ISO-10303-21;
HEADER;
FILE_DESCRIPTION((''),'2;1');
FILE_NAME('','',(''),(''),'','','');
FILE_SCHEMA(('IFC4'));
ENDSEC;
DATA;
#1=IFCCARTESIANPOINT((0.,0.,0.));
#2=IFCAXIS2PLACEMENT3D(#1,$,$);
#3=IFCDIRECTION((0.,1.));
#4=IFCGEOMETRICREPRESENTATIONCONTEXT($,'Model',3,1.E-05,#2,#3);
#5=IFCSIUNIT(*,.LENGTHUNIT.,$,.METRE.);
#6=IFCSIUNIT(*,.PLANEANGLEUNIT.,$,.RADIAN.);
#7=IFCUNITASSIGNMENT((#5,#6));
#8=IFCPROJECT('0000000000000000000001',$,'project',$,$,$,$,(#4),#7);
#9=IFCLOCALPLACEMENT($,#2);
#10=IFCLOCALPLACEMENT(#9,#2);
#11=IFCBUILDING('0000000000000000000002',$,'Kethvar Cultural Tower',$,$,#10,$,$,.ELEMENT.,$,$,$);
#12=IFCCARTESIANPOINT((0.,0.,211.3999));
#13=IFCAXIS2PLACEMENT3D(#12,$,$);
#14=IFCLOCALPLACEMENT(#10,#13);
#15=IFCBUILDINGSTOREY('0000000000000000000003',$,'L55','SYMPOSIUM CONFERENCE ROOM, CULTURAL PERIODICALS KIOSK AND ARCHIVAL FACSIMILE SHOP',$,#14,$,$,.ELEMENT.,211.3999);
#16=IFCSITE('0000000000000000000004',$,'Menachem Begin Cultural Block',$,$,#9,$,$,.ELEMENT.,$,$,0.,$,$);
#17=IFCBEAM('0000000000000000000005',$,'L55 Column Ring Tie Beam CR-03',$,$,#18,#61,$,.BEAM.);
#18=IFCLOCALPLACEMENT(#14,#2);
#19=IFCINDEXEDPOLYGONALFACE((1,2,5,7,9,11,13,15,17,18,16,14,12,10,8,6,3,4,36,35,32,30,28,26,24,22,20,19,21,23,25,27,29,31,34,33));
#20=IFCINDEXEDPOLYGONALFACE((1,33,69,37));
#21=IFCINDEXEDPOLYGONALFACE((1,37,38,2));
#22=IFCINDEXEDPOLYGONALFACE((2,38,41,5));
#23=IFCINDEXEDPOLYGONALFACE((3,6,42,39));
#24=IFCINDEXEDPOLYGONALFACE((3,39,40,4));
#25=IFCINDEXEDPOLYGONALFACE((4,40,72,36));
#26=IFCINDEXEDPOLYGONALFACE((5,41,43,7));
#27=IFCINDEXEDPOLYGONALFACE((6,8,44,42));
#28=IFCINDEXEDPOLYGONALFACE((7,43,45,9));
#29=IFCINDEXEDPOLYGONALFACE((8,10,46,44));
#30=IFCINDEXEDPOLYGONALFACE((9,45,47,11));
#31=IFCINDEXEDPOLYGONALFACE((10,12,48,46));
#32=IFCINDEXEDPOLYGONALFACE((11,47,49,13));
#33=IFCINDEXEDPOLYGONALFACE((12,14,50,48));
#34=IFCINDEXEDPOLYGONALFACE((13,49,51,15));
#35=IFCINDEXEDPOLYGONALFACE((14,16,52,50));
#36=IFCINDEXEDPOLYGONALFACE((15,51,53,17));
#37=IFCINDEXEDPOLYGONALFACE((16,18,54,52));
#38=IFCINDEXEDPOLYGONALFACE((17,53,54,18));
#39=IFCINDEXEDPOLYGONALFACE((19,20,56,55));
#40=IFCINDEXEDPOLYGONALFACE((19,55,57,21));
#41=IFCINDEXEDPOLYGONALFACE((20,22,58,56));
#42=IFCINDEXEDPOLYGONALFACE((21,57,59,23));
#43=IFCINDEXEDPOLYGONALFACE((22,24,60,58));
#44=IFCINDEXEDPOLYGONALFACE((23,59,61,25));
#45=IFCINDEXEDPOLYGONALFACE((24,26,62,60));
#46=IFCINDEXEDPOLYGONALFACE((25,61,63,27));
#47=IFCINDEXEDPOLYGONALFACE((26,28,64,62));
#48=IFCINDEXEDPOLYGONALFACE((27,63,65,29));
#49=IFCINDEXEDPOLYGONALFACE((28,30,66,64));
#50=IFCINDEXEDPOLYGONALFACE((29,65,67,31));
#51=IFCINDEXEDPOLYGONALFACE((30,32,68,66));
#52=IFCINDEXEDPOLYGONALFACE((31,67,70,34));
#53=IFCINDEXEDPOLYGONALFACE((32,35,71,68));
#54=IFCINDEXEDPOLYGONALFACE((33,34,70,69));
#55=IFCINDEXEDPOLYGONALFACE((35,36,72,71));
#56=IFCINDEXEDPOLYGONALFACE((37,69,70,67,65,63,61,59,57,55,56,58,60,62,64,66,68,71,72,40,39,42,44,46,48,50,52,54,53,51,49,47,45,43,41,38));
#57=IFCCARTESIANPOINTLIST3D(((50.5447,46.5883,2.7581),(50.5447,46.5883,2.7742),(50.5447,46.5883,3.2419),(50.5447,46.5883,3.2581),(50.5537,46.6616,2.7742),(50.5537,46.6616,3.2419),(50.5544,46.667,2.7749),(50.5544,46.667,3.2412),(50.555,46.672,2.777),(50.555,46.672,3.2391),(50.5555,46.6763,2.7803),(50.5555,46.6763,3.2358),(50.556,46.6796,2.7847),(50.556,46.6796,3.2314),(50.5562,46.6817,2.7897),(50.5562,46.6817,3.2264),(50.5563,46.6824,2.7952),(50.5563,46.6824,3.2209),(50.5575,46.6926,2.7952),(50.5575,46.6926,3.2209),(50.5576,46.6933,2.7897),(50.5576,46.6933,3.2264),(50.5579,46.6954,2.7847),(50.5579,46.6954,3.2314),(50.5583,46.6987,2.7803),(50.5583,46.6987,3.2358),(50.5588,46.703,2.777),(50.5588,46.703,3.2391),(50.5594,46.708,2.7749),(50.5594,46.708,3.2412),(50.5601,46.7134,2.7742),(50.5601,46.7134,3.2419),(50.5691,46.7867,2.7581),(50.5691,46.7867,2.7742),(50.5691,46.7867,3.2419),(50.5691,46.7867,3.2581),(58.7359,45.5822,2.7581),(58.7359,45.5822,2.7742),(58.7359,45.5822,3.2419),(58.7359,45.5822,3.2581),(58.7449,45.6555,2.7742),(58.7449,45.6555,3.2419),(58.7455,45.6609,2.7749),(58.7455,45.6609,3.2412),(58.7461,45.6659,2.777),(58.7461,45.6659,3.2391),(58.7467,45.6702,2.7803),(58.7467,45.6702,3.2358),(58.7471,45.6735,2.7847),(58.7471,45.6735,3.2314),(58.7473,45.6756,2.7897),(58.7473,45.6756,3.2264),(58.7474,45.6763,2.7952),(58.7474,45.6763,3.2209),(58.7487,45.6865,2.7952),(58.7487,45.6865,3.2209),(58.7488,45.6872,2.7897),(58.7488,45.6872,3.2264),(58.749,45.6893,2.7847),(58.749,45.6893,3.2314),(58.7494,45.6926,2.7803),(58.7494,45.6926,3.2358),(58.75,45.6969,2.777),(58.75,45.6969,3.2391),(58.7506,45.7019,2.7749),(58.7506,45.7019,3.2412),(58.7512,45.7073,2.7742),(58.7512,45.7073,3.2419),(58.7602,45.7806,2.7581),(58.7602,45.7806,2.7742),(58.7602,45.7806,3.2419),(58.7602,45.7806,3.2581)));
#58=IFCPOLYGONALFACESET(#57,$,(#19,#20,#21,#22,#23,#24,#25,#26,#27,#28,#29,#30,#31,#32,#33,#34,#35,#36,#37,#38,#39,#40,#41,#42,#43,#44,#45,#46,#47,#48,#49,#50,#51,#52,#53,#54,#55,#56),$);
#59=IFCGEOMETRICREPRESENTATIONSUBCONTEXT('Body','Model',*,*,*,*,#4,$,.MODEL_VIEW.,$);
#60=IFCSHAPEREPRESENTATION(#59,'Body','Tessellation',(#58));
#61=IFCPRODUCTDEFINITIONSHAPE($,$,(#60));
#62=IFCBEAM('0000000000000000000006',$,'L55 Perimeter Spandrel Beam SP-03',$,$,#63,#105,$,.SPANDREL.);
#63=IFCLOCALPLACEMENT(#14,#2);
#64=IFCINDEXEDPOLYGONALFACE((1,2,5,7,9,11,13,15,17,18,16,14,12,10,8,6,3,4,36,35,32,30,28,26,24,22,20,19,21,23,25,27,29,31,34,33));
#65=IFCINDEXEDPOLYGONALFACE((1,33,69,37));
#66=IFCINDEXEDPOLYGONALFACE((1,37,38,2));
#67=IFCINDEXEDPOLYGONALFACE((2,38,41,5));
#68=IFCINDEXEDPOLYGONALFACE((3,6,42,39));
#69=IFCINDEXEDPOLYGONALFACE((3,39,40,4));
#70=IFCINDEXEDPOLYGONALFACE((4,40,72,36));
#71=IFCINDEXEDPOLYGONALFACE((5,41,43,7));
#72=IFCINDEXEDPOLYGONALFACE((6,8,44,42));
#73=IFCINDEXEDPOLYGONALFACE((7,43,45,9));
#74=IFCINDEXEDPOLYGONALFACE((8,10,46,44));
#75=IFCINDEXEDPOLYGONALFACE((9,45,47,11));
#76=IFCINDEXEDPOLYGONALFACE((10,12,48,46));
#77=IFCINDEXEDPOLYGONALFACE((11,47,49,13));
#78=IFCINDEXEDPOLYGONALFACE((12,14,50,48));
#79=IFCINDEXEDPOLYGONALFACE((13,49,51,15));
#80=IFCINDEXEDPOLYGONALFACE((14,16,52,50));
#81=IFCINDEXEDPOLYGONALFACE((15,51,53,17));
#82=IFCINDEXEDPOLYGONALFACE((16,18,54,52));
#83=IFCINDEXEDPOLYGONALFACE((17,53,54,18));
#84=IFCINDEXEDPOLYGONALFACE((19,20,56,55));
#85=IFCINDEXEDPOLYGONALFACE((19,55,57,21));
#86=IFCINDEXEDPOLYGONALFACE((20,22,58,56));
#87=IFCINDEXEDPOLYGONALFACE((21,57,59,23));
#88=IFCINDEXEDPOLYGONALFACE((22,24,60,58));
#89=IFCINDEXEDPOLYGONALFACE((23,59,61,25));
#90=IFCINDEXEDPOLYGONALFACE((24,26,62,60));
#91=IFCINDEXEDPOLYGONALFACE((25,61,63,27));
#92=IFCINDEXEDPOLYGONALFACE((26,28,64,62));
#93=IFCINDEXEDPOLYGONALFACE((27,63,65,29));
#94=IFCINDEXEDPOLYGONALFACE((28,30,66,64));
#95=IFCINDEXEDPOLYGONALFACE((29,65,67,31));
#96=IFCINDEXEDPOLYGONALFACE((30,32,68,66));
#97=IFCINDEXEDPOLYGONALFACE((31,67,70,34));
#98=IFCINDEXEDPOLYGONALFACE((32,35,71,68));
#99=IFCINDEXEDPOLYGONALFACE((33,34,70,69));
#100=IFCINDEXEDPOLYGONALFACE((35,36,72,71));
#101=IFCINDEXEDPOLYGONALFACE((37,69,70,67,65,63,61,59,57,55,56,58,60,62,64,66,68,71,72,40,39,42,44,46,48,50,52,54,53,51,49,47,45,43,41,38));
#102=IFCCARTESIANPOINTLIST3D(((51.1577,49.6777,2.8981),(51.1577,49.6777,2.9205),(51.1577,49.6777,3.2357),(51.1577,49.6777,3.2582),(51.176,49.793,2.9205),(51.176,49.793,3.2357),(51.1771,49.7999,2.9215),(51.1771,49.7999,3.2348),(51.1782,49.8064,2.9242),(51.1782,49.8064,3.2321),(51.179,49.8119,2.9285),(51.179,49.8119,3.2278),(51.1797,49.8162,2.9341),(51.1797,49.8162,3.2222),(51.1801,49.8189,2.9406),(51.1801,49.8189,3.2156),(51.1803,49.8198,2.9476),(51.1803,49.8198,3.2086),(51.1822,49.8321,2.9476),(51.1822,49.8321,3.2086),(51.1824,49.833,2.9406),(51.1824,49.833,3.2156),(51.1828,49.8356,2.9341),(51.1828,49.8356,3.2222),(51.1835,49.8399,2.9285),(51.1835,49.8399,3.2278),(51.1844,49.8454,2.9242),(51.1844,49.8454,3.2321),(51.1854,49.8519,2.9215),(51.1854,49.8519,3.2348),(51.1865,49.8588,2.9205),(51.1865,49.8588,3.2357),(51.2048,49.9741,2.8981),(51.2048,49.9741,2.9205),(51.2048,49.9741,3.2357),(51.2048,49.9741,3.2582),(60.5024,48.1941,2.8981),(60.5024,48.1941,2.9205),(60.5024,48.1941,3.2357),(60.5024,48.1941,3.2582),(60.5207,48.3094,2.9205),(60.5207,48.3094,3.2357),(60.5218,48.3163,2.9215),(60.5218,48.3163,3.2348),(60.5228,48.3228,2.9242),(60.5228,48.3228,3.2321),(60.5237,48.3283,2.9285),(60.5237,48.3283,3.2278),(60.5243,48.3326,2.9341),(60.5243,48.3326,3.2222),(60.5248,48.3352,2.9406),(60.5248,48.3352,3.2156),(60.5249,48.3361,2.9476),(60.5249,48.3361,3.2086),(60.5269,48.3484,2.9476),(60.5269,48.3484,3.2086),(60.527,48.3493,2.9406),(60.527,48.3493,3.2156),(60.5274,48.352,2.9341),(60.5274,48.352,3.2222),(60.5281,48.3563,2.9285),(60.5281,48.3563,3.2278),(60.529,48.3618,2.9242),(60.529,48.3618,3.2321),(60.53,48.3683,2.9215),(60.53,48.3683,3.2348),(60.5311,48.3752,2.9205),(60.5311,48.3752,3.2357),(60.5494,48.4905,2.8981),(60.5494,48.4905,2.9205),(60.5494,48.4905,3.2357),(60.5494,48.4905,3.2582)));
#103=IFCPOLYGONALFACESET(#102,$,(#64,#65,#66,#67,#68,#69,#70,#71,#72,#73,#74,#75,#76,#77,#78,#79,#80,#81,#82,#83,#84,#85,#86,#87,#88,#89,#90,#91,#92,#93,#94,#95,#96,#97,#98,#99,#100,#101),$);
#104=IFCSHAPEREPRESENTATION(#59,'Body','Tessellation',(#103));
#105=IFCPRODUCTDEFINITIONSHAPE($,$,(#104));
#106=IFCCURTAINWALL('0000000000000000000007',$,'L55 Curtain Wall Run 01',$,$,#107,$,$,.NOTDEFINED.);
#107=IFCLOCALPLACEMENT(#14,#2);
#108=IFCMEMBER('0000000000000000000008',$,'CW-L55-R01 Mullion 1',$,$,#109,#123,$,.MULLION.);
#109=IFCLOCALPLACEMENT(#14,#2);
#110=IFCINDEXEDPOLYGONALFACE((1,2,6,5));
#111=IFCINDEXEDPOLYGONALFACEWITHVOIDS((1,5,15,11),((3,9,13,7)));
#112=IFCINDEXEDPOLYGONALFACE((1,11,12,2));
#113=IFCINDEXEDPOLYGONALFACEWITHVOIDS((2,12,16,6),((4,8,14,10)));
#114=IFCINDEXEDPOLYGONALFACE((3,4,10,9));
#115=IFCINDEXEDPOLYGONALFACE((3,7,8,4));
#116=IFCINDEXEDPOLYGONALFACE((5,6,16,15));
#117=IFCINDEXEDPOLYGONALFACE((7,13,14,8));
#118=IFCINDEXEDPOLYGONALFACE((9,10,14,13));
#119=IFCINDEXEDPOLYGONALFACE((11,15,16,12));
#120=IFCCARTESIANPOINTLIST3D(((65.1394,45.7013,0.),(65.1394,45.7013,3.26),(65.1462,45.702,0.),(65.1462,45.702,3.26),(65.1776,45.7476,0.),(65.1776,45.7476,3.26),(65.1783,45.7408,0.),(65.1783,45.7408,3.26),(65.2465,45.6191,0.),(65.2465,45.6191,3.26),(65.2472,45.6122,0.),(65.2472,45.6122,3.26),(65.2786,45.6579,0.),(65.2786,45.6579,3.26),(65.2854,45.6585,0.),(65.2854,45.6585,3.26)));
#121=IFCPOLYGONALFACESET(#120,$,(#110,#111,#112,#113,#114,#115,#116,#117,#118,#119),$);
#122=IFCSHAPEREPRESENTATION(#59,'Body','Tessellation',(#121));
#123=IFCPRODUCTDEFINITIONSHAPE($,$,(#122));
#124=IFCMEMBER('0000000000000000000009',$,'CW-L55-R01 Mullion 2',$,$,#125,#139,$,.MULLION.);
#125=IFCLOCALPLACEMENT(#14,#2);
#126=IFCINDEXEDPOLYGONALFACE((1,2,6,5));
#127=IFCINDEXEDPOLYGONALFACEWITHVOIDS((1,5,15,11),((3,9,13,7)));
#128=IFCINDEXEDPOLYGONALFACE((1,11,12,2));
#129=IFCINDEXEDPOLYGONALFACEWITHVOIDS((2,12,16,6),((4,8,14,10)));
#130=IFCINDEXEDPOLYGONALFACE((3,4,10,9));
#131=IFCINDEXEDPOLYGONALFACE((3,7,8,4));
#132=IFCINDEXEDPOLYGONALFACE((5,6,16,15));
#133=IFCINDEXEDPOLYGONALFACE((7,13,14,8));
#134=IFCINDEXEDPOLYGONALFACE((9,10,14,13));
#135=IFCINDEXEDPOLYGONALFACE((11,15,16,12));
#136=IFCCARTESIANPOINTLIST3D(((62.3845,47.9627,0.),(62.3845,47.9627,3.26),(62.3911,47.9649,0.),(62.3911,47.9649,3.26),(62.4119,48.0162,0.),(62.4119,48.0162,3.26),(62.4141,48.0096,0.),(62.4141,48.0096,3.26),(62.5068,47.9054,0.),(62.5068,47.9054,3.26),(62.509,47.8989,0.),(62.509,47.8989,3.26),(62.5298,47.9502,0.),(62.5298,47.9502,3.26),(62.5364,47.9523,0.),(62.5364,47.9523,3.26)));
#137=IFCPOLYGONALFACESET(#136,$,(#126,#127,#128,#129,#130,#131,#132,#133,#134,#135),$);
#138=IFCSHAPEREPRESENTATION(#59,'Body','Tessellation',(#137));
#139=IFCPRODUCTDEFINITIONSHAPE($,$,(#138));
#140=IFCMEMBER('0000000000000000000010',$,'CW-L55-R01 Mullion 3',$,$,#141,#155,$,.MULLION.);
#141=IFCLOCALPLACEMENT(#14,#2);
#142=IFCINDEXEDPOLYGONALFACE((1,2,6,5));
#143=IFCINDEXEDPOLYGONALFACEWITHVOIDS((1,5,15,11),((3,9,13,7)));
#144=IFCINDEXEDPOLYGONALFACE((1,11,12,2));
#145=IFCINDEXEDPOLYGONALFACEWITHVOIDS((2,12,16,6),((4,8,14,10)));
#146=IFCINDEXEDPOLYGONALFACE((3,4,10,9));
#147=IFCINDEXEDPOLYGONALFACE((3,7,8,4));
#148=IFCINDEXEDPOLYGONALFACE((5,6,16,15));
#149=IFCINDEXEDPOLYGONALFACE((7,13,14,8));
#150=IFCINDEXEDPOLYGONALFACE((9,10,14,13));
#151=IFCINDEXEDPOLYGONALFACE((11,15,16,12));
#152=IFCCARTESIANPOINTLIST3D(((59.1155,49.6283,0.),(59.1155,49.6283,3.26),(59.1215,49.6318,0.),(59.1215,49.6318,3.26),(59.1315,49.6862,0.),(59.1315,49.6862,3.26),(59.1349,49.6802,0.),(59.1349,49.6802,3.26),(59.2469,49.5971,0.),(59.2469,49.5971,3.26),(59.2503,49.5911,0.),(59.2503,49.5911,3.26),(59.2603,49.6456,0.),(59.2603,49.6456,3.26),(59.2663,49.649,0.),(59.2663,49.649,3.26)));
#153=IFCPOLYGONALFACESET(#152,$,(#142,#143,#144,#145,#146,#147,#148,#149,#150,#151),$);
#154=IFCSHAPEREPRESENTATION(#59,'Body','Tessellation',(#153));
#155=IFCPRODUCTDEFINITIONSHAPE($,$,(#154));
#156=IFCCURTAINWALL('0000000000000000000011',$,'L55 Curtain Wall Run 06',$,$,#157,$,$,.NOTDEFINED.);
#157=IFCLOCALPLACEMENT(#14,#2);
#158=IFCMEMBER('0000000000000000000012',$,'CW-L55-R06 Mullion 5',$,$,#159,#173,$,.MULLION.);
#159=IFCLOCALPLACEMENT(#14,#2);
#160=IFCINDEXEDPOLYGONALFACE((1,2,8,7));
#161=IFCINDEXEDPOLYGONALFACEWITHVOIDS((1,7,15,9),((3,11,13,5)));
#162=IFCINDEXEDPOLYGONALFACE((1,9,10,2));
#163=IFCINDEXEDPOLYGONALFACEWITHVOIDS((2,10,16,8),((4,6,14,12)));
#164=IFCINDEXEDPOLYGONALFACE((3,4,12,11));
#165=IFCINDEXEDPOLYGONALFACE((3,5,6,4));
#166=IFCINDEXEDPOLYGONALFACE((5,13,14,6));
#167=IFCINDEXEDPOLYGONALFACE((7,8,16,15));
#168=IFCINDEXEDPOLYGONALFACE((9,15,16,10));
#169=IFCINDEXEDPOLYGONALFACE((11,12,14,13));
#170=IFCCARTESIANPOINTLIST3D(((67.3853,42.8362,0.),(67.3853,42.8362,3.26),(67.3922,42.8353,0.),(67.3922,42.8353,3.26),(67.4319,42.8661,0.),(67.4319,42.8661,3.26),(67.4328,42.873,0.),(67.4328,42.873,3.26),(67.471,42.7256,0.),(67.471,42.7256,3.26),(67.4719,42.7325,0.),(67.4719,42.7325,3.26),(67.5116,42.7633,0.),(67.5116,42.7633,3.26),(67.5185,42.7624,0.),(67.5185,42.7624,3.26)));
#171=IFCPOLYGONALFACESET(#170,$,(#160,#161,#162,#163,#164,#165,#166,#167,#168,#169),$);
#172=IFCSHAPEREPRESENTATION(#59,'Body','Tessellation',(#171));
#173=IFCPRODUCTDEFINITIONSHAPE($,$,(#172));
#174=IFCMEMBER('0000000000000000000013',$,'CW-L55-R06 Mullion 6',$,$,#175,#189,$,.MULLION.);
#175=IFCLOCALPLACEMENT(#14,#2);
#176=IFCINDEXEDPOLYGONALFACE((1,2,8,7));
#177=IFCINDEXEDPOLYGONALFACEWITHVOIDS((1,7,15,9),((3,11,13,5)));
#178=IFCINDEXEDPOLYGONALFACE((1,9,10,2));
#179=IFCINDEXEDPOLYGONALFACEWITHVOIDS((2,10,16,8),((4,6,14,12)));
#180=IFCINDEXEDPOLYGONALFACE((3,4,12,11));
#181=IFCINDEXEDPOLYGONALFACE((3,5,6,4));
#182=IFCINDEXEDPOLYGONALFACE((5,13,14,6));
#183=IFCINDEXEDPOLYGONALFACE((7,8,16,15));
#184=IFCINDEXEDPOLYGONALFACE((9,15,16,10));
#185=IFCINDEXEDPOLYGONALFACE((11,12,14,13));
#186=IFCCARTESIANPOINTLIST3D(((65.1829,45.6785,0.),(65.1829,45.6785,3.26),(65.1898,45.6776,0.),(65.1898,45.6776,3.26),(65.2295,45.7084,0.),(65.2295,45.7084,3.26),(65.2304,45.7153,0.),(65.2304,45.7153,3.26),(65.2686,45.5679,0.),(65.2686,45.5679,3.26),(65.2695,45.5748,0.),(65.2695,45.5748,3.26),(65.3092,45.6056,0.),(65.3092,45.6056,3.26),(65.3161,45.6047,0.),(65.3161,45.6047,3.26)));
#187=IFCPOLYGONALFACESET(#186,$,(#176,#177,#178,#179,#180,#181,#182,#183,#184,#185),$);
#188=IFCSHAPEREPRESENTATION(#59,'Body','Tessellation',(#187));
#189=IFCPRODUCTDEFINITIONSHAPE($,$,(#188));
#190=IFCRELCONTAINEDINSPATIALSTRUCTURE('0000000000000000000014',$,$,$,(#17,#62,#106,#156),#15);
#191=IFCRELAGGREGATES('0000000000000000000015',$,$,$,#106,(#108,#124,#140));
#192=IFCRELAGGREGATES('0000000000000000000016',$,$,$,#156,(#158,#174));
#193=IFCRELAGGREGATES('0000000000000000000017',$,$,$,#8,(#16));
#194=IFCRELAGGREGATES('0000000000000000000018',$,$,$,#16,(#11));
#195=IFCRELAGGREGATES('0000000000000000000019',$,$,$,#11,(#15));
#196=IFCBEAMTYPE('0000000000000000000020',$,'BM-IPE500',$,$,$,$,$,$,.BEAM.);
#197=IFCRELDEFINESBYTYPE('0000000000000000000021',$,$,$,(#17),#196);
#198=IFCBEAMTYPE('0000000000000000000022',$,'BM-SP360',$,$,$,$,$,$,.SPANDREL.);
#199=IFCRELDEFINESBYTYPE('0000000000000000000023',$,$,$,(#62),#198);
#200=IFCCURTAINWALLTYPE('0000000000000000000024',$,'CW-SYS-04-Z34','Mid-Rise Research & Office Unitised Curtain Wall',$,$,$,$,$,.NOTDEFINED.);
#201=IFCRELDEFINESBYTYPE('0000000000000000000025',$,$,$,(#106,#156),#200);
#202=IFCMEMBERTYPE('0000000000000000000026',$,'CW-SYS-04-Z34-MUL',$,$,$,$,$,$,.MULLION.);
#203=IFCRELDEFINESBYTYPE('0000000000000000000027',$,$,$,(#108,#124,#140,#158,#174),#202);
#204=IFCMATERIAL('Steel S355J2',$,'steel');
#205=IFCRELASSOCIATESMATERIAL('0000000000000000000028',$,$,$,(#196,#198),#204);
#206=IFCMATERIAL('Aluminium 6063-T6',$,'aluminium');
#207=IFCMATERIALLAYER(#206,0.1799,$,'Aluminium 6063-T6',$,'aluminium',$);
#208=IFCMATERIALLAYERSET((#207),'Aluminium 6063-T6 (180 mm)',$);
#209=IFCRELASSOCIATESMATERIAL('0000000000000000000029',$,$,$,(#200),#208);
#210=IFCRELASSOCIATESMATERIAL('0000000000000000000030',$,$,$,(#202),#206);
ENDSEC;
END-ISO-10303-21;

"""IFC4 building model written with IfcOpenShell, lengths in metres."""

from ifc_helpers import new_model, si_unit, direction, frame, origin, origin_2d, place, context, subcontext, project, spatial, hollow_rectangle, i_section, extrude, source, transform, mapped, material, layer, layer_set, material_profile, profile_set, type_object, element, aggregate, save


model = new_model("IFC4")

# Units and contexts
model_context = context("Model", 3, precision=1e-05, world=origin(), true_north=direction((0.0, 1.0)))
body_context = subcontext(model_context, "Body", "Model", "MODEL_VIEW")
ifc_project = project(units=[si_unit("LENGTHUNIT", "METRE"), si_unit("PLANEANGLEUNIT", "RADIAN")], contexts=[model_context])

# Site, building, storey
site_placement = place(None, origin())
site = spatial("IfcSite", under=ifc_project, at=site_placement, Name="Menachem Begin Cultural Block", CompositionType="ELEMENT", RefElevation=0.0)
building_placement = place(site_placement, origin())
building = spatial("IfcBuilding", under=site, at=building_placement, Name="Kethvar Cultural Tower", CompositionType="ELEMENT")
storey_placement = place(building_placement, frame((0.0, 0.0, 211.3999)))
storey = spatial("IfcBuildingStorey", under=building, at=storey_placement, Name="L55", Description="SYMPOSIUM CONFERENCE ROOM, CULTURAL PERIODICALS KIOSK AND ARCHIVAL FACSIMILE SHOP", CompositionType="ELEMENT", Elevation=211.3999)

# Beams
ifc_material_1 = material(Name="Steel S355J2", Category="steel")
ifc_material_profile_1 = material_profile(ifc_material_1, i_section(OverallWidth=0.2, OverallDepth=0.5, WebThickness=0.0103, FlangeThickness=0.0161, FilletRadius=0.021, at=origin_2d()), Name="Steel S355J2 — IPE500")
ifc_profile_set_1 = profile_set([ifc_material_profile_1], Name="Steel S355J2 — IPE500")
beam_type_1 = type_object("IfcBeamType", Name="BM-IPE500", PredefinedType="BEAM", material=ifc_profile_set_1)
ifc_material_profile_2 = material_profile(ifc_material_1, i_section(OverallWidth=0.3, OverallDepth=0.3601, WebThickness=0.0125, FlangeThickness=0.0225, FilletRadius=0.0271, at=origin_2d()), Name="Steel S355J2 — HEB360")
ifc_profile_set_2 = profile_set([ifc_material_profile_2], Name="Steel S355J2 — HEB360")
beam_type_2 = type_object("IfcBeamType", Name="BM-SP360", PredefinedType="SPANDREL", material=ifc_profile_set_2)
shared_shape_1 = source(origin(), body_context, "Body", "SweptSolid", [
    extrude(i_section(OverallWidth=0.2, OverallDepth=0.5, WebThickness=0.0103, FlangeThickness=0.0161, FilletRadius=0.021, at=origin_2d()), origin(), (0.0, 0.0, 1.0), 8.2527),
])
beam_1_placement = place(storey_placement, frame((58.748, 45.6814, 3.0081), z_axis=(-0.992541, 0.121912, 0.0), x_axis=(-0.121912, -0.992541, 0.0)))
element("IfcBeam", 1, at=beam_1_placement, inside=storey, type_object=beam_type_1, Name="L55 Column Ring Tie Beam CR-03", PredefinedType="BEAM", context=body_context, shape_type="MappedRepresentation", body=[
    mapped(shared_shape_1, transform((0.0, 0.0, 0.0), scale=1.0)),
])
shared_shape_2 = source(origin(), body_context, "Body", "SweptSolid", [
    extrude(i_section(OverallWidth=0.3, OverallDepth=0.3601, WebThickness=0.0125, FlangeThickness=0.0225, FilletRadius=0.0271, at=origin_2d()), origin(), (0.0, 0.0, 1.0), 9.4617),
])
beam_2_placement = place(storey_placement, frame((60.5259, 48.3423, 3.0781), z_axis=(-0.98763, 0.156804, 0.0), x_axis=(-0.156804, -0.98763, 0.0)))
element("IfcBeam", 2, at=beam_2_placement, inside=storey, type_object=beam_type_2, Name="L55 Perimeter Spandrel Beam SP-03", PredefinedType="SPANDREL", context=body_context, shape_type="MappedRepresentation", body=[
    mapped(shared_shape_2, transform((0.0, 0.0, 0.0), scale=1.0)),
])

# Curtain walls, members
ifc_material_2 = material(Name="Aluminium 6063-T6", Category="aluminium")
ifc_layer_1 = layer(ifc_material_2, 0.1799, Name="Aluminium 6063-T6", Category="aluminium")
ifc_layer_set_1 = layer_set([ifc_layer_1], Name="Aluminium 6063-T6 (180 mm)")
curtain_wall_type = type_object("IfcCurtainWallType", Name="CW-SYS-04-Z34", Description="Mid-Rise Research & Office Unitised Curtain Wall", PredefinedType="NOTDEFINED", material=ifc_layer_set_1)
curtain_wall_1_placement = place(storey_placement, origin())
curtain_wall_1 = element("IfcCurtainWall", 3, at=curtain_wall_1_placement, inside=storey, type_object=curtain_wall_type, Name="L55 Curtain Wall Run 01", PredefinedType="NOTDEFINED")
ifc_material_profile_3 = material_profile(ifc_material_2, hollow_rectangle(XDim=0.0601, YDim=0.1399, WallThickness=0.0049, at=origin_2d()), Name="Aluminium 6063-T6 — RHS140x60x5")
ifc_profile_set_3 = profile_set([ifc_material_profile_3], Name="Aluminium 6063-T6 — RHS140x60x5")
member_type_1 = type_object("IfcMemberType", Name="CW-SYS-04-Z34-MUL", PredefinedType="MULLION", material=ifc_profile_set_3)
shared_shape_3 = source(origin(), body_context, "Body", "SweptSolid", [
    extrude(hollow_rectangle(XDim=0.0601, YDim=0.1399, WallThickness=0.0049, at=origin_2d()), origin(), (0.0, 0.0, 1.0), 3.26),
])
member_1_placement = place(storey_placement, frame((65.2124, 45.6799, 0.0), z_axis=(0.0, 0.0, 1.0), x_axis=(-0.637047, -0.770825, 0.0)))
member_1 = element("IfcMember", 4, at=member_1_placement, type_object=member_type_1, Name="CW-L55-R01 Mullion 1", PredefinedType="MULLION", context=body_context, shape_type="MappedRepresentation", body=[
    mapped(shared_shape_3, transform((0.0, 0.0, 0.0), scale=1.0)),
])
member_2_placement = place(storey_placement, frame((62.4604, 47.9575, 0.0), z_axis=(0.0, 0.0, 1.0), x_axis=(-0.456694, -0.889624, 0.0)))
member_2 = element("IfcMember", 5, at=member_2_placement, type_object=member_type_1, Name="CW-L55-R01 Mullion 2", PredefinedType="MULLION", context=body_context, shape_type="MappedRepresentation", body=[
    mapped(shared_shape_3, transform((0.0, 0.0, 0.0), scale=1.0)),
])
member_3_placement = place(storey_placement, frame((59.1909, 49.6387, 0.0), z_axis=(0.0, 0.0, 1.0), x_axis=(-0.266246, -0.963905, 0.0)))
member_3 = element("IfcMember", 6, at=member_3_placement, type_object=member_type_1, Name="CW-L55-R01 Mullion 3", PredefinedType="MULLION", context=body_context, shape_type="MappedRepresentation", body=[
    mapped(shared_shape_3, transform((0.0, 0.0, 0.0), scale=1.0)),
])
curtain_wall_2_placement = place(storey_placement, origin())
curtain_wall_2 = element("IfcCurtainWall", 7, at=curtain_wall_2_placement, inside=storey, type_object=curtain_wall_type, Name="L55 Curtain Wall Run 06", PredefinedType="NOTDEFINED")
member_4_placement = place(storey_placement, frame((67.4519, 42.7993, 0.0), z_axis=(0.0, 0.0, 1.0), x_axis=(-0.790454, -0.612521, 0.0)))
member_4 = element("IfcMember", 8, at=member_4_placement, type_object=member_type_1, Name="CW-L55-R06 Mullion 5", PredefinedType="MULLION", context=body_context, shape_type="MappedRepresentation", body=[
    mapped(shared_shape_3, transform((0.0, 0.0, 0.0), scale=1.0)),
])
member_5_placement = place(storey_placement, frame((65.2495, 45.6416, 0.0), z_axis=(0.0, 0.0, 1.0), x_axis=(-0.790454, -0.612521, 0.0)))
member_5 = element("IfcMember", 9, at=member_5_placement, type_object=member_type_1, Name="CW-L55-R06 Mullion 6", PredefinedType="MULLION", context=body_context, shape_type="MappedRepresentation", body=[
    mapped(shared_shape_3, transform((0.0, 0.0, 0.0), scale=1.0)),
])

aggregate(curtain_wall_1, [member_1, member_2, member_3])
aggregate(curtain_wall_2, [member_4, member_5])

save(model, "model.ifc")
